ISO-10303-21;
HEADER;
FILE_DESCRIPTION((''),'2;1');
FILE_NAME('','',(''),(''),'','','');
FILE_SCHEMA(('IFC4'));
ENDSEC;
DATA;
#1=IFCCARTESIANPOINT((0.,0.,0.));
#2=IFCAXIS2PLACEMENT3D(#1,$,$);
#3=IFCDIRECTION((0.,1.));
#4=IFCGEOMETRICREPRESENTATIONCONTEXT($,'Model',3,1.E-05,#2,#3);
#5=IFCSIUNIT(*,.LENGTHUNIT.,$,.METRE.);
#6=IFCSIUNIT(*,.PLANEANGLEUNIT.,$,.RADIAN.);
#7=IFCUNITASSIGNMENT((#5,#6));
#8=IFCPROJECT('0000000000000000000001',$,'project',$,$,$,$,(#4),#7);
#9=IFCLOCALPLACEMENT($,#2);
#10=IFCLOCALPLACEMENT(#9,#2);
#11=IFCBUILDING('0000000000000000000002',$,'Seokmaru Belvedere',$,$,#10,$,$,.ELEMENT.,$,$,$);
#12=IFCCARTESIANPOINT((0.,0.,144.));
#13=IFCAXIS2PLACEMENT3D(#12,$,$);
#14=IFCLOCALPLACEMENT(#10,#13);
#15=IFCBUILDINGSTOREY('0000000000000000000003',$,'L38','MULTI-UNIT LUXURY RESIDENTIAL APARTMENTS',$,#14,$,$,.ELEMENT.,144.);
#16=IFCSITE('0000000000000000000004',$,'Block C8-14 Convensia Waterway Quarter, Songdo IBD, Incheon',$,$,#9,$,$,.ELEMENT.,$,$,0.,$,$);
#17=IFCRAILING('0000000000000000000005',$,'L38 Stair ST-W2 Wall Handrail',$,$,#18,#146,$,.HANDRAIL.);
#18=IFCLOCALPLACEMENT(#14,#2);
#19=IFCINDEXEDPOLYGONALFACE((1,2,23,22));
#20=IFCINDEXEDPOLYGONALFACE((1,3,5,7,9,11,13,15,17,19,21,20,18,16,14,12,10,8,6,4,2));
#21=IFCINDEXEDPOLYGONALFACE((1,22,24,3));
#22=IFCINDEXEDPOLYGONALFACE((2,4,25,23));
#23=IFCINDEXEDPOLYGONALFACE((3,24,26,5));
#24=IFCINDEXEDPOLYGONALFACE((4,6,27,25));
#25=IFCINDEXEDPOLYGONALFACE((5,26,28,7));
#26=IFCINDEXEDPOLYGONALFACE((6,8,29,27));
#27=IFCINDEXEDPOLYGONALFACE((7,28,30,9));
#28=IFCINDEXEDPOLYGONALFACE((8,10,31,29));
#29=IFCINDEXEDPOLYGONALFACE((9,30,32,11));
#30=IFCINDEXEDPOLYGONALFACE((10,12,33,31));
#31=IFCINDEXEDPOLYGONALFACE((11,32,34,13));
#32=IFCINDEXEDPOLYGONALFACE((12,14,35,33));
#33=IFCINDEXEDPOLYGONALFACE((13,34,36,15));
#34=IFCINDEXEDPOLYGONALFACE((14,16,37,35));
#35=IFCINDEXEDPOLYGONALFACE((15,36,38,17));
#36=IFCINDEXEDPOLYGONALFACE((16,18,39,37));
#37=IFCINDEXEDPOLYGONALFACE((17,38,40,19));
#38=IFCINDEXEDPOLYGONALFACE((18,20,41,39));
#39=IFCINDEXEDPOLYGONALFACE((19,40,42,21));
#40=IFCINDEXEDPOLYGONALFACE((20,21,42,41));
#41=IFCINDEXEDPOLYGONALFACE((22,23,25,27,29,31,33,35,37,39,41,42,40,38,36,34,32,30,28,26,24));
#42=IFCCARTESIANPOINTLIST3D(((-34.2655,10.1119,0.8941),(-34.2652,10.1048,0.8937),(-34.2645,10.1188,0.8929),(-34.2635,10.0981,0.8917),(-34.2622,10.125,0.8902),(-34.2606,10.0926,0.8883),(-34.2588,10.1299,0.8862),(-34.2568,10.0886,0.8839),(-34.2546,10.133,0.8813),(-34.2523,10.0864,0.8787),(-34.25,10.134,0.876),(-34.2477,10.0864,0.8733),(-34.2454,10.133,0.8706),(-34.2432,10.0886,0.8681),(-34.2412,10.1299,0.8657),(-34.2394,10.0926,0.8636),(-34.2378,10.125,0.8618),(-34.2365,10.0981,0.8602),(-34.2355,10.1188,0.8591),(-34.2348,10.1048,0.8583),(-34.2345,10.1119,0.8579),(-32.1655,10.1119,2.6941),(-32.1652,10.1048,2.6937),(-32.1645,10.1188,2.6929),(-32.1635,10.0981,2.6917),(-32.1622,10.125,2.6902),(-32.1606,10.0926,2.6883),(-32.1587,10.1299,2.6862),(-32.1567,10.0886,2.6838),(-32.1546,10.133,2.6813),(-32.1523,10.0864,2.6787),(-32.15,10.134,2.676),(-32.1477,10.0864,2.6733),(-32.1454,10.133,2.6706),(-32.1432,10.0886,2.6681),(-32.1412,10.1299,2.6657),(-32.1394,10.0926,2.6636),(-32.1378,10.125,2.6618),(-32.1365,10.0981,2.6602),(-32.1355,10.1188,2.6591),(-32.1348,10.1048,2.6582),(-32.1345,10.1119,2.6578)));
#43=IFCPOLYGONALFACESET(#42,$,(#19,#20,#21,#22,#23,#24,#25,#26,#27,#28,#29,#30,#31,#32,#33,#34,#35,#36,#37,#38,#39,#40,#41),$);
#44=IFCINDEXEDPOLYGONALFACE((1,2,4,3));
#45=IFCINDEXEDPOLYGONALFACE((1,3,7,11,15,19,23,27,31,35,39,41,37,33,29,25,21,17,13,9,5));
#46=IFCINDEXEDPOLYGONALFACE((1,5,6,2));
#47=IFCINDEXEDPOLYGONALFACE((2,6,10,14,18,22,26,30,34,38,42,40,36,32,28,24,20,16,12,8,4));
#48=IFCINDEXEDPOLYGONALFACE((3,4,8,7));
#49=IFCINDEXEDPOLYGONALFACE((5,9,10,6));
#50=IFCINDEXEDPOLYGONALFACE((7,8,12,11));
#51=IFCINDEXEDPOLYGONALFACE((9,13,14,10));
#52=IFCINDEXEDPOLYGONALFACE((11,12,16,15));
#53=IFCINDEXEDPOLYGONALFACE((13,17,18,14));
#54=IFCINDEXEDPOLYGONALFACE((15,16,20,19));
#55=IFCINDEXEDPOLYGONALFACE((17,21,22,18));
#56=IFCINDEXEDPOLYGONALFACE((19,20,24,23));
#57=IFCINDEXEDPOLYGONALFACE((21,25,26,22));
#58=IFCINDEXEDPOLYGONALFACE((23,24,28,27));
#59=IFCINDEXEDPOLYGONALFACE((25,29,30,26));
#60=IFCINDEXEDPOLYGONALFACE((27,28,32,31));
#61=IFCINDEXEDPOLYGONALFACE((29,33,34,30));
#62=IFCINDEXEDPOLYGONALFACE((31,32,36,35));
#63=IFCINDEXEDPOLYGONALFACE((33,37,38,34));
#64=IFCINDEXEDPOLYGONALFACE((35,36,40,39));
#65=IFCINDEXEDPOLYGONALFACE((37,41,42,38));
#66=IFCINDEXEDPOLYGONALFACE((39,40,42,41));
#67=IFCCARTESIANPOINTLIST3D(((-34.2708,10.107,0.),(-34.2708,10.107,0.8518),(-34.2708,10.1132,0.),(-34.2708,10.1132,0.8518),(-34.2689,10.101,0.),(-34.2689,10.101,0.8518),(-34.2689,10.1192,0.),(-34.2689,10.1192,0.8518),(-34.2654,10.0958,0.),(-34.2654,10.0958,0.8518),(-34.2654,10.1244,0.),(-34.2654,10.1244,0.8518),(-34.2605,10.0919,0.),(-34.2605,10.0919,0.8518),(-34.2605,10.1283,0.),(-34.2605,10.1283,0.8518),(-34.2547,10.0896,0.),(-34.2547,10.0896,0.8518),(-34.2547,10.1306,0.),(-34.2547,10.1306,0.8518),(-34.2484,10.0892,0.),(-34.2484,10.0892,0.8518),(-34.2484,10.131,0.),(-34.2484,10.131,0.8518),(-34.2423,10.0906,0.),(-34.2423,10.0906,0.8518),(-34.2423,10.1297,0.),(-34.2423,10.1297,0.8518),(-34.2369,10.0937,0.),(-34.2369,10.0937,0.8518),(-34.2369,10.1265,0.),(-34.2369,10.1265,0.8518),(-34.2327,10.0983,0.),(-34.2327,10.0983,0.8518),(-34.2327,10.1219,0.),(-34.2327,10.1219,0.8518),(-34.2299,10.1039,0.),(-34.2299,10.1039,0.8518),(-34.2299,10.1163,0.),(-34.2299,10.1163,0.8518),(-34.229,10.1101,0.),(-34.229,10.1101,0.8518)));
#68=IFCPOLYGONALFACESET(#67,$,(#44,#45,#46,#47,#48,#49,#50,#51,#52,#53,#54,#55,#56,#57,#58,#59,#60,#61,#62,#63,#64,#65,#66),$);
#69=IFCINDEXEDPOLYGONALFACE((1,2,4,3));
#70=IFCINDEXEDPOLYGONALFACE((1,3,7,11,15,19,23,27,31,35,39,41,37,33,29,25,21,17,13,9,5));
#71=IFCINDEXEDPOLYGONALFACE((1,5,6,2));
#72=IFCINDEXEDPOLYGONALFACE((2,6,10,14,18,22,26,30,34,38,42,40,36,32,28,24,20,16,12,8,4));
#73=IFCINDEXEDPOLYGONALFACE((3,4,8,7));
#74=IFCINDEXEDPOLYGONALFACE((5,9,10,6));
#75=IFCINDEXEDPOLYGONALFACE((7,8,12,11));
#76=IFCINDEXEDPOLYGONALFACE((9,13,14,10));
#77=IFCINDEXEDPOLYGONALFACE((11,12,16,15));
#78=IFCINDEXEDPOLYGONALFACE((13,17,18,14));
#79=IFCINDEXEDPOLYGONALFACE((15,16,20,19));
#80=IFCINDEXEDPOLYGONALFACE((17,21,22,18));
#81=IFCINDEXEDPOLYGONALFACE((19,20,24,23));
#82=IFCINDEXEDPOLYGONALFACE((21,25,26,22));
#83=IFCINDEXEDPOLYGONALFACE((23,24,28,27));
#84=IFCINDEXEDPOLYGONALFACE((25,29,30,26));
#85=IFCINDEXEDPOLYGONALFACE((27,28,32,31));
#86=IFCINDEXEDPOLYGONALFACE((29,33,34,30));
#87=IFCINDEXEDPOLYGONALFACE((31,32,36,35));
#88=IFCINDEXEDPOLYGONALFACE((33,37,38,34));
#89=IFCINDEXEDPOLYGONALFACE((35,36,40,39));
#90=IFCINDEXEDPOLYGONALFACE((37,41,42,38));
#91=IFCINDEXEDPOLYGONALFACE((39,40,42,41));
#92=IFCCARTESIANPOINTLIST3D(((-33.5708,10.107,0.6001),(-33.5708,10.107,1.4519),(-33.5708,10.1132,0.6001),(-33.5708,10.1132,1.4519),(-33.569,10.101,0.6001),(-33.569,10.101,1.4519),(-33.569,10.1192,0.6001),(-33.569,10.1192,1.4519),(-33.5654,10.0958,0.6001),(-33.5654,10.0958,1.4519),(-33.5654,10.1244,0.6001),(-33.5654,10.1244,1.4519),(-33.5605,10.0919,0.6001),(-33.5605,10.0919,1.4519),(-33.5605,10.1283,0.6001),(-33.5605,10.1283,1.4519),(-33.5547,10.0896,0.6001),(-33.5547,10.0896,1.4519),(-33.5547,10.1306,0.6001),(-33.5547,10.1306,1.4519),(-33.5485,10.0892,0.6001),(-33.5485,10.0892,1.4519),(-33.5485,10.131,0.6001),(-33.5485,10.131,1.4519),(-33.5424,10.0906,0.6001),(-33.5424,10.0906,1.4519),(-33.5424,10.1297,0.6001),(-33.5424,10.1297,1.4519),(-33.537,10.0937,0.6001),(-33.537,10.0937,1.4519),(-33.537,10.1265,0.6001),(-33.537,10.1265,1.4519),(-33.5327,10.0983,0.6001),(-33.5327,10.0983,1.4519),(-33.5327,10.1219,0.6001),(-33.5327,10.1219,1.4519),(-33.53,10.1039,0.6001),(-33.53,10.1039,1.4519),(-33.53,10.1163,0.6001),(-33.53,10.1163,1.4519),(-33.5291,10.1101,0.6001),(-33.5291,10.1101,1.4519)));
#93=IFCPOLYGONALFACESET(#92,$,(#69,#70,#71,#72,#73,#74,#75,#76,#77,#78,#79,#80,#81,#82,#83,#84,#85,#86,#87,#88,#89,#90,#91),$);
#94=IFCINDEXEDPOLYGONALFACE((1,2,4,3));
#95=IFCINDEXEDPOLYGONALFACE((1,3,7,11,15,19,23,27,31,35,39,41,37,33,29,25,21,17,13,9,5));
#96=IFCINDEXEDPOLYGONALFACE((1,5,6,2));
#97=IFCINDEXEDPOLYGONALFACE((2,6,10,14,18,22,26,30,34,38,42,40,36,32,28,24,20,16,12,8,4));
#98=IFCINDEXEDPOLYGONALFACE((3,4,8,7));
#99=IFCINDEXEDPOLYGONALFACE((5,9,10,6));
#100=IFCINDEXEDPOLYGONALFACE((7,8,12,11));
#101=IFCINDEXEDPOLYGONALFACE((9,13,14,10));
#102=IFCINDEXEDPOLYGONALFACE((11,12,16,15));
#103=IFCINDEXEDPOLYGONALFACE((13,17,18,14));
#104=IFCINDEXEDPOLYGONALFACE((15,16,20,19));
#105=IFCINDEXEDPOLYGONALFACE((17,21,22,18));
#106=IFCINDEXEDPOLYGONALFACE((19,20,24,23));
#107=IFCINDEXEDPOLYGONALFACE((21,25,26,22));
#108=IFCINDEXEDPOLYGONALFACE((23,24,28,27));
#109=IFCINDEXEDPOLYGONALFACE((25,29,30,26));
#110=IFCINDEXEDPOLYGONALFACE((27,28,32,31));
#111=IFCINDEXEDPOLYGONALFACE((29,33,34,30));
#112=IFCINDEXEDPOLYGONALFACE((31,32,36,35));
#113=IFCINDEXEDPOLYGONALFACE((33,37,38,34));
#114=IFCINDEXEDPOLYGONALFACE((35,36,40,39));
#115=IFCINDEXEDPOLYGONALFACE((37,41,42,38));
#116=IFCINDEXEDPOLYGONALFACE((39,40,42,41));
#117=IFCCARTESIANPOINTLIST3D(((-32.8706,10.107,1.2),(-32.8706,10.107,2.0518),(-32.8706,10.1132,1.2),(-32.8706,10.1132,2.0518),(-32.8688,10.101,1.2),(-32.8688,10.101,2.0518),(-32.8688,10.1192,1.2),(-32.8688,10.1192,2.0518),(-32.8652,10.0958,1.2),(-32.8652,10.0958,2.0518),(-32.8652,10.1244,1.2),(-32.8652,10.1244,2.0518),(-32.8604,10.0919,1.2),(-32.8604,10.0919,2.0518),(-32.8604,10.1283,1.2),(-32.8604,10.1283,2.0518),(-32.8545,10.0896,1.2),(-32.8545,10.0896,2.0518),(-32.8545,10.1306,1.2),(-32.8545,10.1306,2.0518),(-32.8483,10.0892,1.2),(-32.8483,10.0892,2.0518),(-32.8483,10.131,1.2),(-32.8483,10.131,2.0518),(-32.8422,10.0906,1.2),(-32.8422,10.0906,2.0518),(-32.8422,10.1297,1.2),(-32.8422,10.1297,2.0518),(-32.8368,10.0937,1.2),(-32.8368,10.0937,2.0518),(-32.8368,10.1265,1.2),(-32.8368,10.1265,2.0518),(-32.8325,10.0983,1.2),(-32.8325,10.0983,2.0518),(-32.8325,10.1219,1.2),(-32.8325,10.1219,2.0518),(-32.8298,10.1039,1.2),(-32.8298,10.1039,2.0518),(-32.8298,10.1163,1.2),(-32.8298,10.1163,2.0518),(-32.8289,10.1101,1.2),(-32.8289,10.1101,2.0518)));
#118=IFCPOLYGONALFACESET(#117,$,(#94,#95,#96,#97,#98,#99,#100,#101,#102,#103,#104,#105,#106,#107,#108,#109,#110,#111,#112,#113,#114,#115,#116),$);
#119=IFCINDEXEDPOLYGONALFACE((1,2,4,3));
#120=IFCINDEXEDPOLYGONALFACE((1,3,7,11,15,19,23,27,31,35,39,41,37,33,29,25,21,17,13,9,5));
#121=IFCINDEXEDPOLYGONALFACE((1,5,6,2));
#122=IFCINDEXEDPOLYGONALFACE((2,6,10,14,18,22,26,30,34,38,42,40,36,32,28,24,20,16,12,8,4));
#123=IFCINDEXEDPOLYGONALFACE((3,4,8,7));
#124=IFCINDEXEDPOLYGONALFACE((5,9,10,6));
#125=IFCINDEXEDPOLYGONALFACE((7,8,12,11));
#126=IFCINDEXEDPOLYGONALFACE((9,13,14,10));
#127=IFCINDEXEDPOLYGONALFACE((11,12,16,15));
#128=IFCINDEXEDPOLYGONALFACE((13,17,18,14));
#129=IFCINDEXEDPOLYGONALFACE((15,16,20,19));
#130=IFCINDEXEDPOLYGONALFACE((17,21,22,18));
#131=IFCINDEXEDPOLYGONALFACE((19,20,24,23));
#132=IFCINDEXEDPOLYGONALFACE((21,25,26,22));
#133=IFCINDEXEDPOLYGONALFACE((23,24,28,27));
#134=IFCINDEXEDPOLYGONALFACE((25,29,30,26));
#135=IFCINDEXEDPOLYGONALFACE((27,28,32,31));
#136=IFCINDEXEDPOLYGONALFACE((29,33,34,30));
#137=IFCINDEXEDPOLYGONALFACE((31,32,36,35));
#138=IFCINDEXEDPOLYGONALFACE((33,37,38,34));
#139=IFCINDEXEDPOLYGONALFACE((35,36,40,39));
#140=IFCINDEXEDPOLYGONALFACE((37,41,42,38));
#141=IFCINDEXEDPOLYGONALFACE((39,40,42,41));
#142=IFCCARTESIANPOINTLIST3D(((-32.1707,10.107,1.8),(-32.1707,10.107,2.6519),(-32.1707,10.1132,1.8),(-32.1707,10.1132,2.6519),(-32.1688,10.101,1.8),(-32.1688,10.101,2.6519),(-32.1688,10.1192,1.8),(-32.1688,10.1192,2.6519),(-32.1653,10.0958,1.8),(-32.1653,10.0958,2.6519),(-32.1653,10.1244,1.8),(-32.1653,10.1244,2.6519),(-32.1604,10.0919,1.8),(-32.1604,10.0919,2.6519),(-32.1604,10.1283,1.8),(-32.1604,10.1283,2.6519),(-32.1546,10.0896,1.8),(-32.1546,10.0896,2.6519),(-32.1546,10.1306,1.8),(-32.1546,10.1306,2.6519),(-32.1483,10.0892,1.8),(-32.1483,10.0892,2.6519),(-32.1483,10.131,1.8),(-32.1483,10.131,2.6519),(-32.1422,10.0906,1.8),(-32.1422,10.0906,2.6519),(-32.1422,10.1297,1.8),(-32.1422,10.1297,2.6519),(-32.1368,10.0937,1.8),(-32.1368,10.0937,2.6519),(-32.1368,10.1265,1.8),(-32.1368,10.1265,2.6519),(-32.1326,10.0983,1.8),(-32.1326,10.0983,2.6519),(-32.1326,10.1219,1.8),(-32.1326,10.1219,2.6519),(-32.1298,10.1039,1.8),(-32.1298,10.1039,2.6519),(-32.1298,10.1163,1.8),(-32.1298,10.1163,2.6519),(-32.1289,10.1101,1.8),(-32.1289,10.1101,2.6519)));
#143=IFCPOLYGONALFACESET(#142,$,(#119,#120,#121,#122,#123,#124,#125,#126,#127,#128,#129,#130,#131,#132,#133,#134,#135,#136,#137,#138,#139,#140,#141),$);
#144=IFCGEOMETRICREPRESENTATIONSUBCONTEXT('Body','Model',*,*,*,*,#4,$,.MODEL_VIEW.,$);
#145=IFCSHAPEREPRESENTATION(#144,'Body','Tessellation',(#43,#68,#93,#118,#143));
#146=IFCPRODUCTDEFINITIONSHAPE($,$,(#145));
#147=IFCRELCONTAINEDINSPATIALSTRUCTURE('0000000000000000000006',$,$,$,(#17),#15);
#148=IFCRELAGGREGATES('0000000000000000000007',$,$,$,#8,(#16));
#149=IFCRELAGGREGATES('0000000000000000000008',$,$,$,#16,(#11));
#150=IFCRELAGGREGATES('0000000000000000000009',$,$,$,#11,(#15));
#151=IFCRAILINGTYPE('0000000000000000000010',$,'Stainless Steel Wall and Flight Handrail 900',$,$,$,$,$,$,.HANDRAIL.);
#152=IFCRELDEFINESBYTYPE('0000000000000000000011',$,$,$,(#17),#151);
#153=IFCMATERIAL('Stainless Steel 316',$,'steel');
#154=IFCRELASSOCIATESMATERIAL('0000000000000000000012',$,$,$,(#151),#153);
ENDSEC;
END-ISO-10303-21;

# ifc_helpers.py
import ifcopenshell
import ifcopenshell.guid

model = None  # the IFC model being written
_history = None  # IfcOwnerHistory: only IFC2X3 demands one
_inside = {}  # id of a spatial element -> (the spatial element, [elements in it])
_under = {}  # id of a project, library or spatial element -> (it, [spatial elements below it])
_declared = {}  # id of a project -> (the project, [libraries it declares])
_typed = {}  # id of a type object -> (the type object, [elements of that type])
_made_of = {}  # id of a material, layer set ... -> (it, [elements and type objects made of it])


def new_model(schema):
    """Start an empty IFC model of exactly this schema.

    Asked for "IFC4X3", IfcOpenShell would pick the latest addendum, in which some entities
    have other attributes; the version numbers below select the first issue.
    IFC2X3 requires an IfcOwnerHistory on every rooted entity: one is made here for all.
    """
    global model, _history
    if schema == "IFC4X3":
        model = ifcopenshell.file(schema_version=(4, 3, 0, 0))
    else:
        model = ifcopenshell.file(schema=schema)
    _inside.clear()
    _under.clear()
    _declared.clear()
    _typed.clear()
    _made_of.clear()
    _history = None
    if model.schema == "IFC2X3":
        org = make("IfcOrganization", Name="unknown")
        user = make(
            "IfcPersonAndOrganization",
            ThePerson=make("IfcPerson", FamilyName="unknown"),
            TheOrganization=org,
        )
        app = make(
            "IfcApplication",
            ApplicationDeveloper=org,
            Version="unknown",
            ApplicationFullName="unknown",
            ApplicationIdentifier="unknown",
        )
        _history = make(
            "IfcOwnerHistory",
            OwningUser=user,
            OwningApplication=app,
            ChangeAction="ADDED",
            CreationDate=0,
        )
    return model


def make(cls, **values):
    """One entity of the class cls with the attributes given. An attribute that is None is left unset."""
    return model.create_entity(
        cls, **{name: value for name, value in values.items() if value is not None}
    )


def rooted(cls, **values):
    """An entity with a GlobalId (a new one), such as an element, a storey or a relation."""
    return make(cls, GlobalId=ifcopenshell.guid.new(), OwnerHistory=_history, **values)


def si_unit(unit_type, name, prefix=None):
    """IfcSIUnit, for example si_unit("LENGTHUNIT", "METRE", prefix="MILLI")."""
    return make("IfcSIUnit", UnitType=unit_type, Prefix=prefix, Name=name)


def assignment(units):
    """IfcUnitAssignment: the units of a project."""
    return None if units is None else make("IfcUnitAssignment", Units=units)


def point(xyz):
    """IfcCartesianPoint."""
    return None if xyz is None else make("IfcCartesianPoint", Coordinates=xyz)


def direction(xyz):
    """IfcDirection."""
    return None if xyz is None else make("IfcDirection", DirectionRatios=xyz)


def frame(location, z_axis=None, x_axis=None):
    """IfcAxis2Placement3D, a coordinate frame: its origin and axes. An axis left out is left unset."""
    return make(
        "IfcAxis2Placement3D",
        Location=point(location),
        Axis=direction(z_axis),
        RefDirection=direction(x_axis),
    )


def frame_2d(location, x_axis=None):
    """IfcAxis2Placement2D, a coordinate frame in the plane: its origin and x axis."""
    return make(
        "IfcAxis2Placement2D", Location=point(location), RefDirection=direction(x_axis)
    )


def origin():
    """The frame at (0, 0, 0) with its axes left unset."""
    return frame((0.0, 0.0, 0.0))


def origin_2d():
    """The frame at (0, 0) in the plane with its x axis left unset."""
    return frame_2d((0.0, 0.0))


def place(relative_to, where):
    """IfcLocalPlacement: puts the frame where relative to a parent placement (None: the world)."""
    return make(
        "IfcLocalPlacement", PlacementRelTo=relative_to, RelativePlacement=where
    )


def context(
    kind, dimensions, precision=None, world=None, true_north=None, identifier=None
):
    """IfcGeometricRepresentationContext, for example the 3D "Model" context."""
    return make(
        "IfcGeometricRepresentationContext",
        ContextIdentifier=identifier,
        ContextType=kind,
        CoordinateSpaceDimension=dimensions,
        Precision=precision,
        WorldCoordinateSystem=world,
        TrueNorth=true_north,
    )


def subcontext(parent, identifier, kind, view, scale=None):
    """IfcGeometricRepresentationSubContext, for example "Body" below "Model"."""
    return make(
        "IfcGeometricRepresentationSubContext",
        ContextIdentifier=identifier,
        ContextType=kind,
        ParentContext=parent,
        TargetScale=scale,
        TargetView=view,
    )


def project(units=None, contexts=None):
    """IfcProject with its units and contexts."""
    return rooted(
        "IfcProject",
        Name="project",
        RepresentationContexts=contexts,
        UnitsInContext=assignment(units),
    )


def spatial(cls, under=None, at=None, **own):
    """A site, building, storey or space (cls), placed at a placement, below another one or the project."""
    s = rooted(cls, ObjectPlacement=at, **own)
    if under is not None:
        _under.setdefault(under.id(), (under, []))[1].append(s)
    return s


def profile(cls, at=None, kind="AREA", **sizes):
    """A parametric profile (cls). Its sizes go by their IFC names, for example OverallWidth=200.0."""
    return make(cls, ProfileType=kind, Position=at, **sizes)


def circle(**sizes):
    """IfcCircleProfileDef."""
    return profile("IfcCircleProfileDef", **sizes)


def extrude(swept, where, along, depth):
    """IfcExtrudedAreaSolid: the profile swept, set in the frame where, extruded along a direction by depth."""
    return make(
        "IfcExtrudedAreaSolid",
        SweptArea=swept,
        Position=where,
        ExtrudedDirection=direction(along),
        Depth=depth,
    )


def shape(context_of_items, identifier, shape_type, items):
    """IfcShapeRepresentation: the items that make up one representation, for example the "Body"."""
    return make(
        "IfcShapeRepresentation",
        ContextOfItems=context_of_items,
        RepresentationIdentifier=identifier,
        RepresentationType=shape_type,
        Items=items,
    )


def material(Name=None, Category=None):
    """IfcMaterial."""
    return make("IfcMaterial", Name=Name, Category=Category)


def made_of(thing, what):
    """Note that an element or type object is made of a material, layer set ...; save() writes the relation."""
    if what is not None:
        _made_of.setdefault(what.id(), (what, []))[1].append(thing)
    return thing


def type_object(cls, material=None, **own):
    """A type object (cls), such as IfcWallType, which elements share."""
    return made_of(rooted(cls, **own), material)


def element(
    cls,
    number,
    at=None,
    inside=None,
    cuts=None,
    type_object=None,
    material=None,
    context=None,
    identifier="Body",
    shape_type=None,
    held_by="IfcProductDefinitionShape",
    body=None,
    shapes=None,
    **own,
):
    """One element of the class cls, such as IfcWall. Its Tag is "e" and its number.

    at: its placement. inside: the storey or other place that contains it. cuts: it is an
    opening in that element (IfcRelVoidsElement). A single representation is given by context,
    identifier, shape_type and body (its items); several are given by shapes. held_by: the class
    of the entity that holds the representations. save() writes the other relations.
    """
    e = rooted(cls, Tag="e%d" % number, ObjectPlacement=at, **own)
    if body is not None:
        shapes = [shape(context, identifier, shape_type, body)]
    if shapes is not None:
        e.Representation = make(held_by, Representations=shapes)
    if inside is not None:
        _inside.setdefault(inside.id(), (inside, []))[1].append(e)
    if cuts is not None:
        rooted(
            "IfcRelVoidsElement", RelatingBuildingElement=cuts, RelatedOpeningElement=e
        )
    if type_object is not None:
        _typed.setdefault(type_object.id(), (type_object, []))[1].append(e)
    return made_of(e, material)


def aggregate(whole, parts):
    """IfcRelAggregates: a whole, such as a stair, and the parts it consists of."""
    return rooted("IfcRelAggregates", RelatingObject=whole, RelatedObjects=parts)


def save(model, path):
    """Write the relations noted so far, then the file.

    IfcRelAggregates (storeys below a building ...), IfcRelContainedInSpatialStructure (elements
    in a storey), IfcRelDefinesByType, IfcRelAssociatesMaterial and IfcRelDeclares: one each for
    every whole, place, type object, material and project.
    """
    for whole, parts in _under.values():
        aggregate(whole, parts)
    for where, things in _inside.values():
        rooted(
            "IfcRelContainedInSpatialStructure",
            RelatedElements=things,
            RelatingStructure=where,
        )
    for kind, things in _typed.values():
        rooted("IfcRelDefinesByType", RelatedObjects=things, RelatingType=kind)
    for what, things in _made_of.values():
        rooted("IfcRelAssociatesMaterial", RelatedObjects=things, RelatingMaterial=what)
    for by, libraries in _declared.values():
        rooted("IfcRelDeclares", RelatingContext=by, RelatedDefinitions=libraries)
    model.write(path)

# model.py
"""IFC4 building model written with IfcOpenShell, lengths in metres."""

from ifc_helpers import new_model, si_unit, direction, frame, origin, origin_2d, place, context, subcontext, project, spatial, circle, extrude, material, type_object, element, save


model = new_model("IFC4")

# Units and contexts
model_context = context("Model", 3, precision=1e-05, world=origin(), true_north=direction((0.0, 1.0)))
body_context = subcontext(model_context, "Body", "Model", "MODEL_VIEW")
ifc_project = project(units=[si_unit("LENGTHUNIT", "METRE"), si_unit("PLANEANGLEUNIT", "RADIAN")], contexts=[model_context])

# Site, building, storey
site_placement = place(None, origin())
site = spatial("IfcSite", under=ifc_project, at=site_placement, Name="Block C8-14 Convensia Waterway Quarter, Songdo IBD, Incheon", CompositionType="ELEMENT", RefElevation=0.0)
building_placement = place(site_placement, origin())
building = spatial("IfcBuilding", under=site, at=building_placement, Name="Seokmaru Belvedere", CompositionType="ELEMENT")
storey_placement = place(building_placement, frame((0.0, 0.0, 144.0)))
storey = spatial("IfcBuildingStorey", under=building, at=storey_placement, Name="L38", Description="MULTI-UNIT LUXURY RESIDENTIAL APARTMENTS", CompositionType="ELEMENT", Elevation=144.0)

# Railing
ifc_material_1 = material(Name="Stainless Steel 316", Category="steel")
railing_type_1 = type_object("IfcRailingType", Name="Stainless Steel Wall and Flight Handrail 900", PredefinedType="HANDRAIL", material=ifc_material_1)
railing_1_placement = place(storey_placement, frame((-34.25, 10.1101, 0.0)))
element("IfcRailing", 1, at=railing_1_placement, inside=storey, type_object=railing_type_1, Name="L38 Stair ST-W2 Wall Handrail", PredefinedType="HANDRAIL", context=body_context, shape_type="SweptSolid", body=[
    extrude(circle(Radius=0.0239, at=origin_2d()), frame((0.0, 0.0, 0.876), z_axis=(0.759263, 0.0, 0.650784), x_axis=(0.0, 1.0, 0.0)), (0.0, 0.0, 1.0), 2.7659),
    extrude(circle(Radius=0.021, at=origin_2d()), origin(), (0.0, 0.0, 1.0), 0.8518),
    extrude(circle(Radius=0.021, at=origin_2d()), frame((0.7, 0.0, 0.6001)), (0.0, 0.0, 1.0), 0.8518),
    extrude(circle(Radius=0.021, at=origin_2d()), frame((1.4001, 0.0, 1.2)), (0.0, 0.0, 1.0), 0.8518),
    extrude(circle(Radius=0.021, at=origin_2d()), frame((2.1001, 0.0, 1.8)), (0.0, 0.0, 1.0), 0.8518),
])

save(model, "model.ifc")
